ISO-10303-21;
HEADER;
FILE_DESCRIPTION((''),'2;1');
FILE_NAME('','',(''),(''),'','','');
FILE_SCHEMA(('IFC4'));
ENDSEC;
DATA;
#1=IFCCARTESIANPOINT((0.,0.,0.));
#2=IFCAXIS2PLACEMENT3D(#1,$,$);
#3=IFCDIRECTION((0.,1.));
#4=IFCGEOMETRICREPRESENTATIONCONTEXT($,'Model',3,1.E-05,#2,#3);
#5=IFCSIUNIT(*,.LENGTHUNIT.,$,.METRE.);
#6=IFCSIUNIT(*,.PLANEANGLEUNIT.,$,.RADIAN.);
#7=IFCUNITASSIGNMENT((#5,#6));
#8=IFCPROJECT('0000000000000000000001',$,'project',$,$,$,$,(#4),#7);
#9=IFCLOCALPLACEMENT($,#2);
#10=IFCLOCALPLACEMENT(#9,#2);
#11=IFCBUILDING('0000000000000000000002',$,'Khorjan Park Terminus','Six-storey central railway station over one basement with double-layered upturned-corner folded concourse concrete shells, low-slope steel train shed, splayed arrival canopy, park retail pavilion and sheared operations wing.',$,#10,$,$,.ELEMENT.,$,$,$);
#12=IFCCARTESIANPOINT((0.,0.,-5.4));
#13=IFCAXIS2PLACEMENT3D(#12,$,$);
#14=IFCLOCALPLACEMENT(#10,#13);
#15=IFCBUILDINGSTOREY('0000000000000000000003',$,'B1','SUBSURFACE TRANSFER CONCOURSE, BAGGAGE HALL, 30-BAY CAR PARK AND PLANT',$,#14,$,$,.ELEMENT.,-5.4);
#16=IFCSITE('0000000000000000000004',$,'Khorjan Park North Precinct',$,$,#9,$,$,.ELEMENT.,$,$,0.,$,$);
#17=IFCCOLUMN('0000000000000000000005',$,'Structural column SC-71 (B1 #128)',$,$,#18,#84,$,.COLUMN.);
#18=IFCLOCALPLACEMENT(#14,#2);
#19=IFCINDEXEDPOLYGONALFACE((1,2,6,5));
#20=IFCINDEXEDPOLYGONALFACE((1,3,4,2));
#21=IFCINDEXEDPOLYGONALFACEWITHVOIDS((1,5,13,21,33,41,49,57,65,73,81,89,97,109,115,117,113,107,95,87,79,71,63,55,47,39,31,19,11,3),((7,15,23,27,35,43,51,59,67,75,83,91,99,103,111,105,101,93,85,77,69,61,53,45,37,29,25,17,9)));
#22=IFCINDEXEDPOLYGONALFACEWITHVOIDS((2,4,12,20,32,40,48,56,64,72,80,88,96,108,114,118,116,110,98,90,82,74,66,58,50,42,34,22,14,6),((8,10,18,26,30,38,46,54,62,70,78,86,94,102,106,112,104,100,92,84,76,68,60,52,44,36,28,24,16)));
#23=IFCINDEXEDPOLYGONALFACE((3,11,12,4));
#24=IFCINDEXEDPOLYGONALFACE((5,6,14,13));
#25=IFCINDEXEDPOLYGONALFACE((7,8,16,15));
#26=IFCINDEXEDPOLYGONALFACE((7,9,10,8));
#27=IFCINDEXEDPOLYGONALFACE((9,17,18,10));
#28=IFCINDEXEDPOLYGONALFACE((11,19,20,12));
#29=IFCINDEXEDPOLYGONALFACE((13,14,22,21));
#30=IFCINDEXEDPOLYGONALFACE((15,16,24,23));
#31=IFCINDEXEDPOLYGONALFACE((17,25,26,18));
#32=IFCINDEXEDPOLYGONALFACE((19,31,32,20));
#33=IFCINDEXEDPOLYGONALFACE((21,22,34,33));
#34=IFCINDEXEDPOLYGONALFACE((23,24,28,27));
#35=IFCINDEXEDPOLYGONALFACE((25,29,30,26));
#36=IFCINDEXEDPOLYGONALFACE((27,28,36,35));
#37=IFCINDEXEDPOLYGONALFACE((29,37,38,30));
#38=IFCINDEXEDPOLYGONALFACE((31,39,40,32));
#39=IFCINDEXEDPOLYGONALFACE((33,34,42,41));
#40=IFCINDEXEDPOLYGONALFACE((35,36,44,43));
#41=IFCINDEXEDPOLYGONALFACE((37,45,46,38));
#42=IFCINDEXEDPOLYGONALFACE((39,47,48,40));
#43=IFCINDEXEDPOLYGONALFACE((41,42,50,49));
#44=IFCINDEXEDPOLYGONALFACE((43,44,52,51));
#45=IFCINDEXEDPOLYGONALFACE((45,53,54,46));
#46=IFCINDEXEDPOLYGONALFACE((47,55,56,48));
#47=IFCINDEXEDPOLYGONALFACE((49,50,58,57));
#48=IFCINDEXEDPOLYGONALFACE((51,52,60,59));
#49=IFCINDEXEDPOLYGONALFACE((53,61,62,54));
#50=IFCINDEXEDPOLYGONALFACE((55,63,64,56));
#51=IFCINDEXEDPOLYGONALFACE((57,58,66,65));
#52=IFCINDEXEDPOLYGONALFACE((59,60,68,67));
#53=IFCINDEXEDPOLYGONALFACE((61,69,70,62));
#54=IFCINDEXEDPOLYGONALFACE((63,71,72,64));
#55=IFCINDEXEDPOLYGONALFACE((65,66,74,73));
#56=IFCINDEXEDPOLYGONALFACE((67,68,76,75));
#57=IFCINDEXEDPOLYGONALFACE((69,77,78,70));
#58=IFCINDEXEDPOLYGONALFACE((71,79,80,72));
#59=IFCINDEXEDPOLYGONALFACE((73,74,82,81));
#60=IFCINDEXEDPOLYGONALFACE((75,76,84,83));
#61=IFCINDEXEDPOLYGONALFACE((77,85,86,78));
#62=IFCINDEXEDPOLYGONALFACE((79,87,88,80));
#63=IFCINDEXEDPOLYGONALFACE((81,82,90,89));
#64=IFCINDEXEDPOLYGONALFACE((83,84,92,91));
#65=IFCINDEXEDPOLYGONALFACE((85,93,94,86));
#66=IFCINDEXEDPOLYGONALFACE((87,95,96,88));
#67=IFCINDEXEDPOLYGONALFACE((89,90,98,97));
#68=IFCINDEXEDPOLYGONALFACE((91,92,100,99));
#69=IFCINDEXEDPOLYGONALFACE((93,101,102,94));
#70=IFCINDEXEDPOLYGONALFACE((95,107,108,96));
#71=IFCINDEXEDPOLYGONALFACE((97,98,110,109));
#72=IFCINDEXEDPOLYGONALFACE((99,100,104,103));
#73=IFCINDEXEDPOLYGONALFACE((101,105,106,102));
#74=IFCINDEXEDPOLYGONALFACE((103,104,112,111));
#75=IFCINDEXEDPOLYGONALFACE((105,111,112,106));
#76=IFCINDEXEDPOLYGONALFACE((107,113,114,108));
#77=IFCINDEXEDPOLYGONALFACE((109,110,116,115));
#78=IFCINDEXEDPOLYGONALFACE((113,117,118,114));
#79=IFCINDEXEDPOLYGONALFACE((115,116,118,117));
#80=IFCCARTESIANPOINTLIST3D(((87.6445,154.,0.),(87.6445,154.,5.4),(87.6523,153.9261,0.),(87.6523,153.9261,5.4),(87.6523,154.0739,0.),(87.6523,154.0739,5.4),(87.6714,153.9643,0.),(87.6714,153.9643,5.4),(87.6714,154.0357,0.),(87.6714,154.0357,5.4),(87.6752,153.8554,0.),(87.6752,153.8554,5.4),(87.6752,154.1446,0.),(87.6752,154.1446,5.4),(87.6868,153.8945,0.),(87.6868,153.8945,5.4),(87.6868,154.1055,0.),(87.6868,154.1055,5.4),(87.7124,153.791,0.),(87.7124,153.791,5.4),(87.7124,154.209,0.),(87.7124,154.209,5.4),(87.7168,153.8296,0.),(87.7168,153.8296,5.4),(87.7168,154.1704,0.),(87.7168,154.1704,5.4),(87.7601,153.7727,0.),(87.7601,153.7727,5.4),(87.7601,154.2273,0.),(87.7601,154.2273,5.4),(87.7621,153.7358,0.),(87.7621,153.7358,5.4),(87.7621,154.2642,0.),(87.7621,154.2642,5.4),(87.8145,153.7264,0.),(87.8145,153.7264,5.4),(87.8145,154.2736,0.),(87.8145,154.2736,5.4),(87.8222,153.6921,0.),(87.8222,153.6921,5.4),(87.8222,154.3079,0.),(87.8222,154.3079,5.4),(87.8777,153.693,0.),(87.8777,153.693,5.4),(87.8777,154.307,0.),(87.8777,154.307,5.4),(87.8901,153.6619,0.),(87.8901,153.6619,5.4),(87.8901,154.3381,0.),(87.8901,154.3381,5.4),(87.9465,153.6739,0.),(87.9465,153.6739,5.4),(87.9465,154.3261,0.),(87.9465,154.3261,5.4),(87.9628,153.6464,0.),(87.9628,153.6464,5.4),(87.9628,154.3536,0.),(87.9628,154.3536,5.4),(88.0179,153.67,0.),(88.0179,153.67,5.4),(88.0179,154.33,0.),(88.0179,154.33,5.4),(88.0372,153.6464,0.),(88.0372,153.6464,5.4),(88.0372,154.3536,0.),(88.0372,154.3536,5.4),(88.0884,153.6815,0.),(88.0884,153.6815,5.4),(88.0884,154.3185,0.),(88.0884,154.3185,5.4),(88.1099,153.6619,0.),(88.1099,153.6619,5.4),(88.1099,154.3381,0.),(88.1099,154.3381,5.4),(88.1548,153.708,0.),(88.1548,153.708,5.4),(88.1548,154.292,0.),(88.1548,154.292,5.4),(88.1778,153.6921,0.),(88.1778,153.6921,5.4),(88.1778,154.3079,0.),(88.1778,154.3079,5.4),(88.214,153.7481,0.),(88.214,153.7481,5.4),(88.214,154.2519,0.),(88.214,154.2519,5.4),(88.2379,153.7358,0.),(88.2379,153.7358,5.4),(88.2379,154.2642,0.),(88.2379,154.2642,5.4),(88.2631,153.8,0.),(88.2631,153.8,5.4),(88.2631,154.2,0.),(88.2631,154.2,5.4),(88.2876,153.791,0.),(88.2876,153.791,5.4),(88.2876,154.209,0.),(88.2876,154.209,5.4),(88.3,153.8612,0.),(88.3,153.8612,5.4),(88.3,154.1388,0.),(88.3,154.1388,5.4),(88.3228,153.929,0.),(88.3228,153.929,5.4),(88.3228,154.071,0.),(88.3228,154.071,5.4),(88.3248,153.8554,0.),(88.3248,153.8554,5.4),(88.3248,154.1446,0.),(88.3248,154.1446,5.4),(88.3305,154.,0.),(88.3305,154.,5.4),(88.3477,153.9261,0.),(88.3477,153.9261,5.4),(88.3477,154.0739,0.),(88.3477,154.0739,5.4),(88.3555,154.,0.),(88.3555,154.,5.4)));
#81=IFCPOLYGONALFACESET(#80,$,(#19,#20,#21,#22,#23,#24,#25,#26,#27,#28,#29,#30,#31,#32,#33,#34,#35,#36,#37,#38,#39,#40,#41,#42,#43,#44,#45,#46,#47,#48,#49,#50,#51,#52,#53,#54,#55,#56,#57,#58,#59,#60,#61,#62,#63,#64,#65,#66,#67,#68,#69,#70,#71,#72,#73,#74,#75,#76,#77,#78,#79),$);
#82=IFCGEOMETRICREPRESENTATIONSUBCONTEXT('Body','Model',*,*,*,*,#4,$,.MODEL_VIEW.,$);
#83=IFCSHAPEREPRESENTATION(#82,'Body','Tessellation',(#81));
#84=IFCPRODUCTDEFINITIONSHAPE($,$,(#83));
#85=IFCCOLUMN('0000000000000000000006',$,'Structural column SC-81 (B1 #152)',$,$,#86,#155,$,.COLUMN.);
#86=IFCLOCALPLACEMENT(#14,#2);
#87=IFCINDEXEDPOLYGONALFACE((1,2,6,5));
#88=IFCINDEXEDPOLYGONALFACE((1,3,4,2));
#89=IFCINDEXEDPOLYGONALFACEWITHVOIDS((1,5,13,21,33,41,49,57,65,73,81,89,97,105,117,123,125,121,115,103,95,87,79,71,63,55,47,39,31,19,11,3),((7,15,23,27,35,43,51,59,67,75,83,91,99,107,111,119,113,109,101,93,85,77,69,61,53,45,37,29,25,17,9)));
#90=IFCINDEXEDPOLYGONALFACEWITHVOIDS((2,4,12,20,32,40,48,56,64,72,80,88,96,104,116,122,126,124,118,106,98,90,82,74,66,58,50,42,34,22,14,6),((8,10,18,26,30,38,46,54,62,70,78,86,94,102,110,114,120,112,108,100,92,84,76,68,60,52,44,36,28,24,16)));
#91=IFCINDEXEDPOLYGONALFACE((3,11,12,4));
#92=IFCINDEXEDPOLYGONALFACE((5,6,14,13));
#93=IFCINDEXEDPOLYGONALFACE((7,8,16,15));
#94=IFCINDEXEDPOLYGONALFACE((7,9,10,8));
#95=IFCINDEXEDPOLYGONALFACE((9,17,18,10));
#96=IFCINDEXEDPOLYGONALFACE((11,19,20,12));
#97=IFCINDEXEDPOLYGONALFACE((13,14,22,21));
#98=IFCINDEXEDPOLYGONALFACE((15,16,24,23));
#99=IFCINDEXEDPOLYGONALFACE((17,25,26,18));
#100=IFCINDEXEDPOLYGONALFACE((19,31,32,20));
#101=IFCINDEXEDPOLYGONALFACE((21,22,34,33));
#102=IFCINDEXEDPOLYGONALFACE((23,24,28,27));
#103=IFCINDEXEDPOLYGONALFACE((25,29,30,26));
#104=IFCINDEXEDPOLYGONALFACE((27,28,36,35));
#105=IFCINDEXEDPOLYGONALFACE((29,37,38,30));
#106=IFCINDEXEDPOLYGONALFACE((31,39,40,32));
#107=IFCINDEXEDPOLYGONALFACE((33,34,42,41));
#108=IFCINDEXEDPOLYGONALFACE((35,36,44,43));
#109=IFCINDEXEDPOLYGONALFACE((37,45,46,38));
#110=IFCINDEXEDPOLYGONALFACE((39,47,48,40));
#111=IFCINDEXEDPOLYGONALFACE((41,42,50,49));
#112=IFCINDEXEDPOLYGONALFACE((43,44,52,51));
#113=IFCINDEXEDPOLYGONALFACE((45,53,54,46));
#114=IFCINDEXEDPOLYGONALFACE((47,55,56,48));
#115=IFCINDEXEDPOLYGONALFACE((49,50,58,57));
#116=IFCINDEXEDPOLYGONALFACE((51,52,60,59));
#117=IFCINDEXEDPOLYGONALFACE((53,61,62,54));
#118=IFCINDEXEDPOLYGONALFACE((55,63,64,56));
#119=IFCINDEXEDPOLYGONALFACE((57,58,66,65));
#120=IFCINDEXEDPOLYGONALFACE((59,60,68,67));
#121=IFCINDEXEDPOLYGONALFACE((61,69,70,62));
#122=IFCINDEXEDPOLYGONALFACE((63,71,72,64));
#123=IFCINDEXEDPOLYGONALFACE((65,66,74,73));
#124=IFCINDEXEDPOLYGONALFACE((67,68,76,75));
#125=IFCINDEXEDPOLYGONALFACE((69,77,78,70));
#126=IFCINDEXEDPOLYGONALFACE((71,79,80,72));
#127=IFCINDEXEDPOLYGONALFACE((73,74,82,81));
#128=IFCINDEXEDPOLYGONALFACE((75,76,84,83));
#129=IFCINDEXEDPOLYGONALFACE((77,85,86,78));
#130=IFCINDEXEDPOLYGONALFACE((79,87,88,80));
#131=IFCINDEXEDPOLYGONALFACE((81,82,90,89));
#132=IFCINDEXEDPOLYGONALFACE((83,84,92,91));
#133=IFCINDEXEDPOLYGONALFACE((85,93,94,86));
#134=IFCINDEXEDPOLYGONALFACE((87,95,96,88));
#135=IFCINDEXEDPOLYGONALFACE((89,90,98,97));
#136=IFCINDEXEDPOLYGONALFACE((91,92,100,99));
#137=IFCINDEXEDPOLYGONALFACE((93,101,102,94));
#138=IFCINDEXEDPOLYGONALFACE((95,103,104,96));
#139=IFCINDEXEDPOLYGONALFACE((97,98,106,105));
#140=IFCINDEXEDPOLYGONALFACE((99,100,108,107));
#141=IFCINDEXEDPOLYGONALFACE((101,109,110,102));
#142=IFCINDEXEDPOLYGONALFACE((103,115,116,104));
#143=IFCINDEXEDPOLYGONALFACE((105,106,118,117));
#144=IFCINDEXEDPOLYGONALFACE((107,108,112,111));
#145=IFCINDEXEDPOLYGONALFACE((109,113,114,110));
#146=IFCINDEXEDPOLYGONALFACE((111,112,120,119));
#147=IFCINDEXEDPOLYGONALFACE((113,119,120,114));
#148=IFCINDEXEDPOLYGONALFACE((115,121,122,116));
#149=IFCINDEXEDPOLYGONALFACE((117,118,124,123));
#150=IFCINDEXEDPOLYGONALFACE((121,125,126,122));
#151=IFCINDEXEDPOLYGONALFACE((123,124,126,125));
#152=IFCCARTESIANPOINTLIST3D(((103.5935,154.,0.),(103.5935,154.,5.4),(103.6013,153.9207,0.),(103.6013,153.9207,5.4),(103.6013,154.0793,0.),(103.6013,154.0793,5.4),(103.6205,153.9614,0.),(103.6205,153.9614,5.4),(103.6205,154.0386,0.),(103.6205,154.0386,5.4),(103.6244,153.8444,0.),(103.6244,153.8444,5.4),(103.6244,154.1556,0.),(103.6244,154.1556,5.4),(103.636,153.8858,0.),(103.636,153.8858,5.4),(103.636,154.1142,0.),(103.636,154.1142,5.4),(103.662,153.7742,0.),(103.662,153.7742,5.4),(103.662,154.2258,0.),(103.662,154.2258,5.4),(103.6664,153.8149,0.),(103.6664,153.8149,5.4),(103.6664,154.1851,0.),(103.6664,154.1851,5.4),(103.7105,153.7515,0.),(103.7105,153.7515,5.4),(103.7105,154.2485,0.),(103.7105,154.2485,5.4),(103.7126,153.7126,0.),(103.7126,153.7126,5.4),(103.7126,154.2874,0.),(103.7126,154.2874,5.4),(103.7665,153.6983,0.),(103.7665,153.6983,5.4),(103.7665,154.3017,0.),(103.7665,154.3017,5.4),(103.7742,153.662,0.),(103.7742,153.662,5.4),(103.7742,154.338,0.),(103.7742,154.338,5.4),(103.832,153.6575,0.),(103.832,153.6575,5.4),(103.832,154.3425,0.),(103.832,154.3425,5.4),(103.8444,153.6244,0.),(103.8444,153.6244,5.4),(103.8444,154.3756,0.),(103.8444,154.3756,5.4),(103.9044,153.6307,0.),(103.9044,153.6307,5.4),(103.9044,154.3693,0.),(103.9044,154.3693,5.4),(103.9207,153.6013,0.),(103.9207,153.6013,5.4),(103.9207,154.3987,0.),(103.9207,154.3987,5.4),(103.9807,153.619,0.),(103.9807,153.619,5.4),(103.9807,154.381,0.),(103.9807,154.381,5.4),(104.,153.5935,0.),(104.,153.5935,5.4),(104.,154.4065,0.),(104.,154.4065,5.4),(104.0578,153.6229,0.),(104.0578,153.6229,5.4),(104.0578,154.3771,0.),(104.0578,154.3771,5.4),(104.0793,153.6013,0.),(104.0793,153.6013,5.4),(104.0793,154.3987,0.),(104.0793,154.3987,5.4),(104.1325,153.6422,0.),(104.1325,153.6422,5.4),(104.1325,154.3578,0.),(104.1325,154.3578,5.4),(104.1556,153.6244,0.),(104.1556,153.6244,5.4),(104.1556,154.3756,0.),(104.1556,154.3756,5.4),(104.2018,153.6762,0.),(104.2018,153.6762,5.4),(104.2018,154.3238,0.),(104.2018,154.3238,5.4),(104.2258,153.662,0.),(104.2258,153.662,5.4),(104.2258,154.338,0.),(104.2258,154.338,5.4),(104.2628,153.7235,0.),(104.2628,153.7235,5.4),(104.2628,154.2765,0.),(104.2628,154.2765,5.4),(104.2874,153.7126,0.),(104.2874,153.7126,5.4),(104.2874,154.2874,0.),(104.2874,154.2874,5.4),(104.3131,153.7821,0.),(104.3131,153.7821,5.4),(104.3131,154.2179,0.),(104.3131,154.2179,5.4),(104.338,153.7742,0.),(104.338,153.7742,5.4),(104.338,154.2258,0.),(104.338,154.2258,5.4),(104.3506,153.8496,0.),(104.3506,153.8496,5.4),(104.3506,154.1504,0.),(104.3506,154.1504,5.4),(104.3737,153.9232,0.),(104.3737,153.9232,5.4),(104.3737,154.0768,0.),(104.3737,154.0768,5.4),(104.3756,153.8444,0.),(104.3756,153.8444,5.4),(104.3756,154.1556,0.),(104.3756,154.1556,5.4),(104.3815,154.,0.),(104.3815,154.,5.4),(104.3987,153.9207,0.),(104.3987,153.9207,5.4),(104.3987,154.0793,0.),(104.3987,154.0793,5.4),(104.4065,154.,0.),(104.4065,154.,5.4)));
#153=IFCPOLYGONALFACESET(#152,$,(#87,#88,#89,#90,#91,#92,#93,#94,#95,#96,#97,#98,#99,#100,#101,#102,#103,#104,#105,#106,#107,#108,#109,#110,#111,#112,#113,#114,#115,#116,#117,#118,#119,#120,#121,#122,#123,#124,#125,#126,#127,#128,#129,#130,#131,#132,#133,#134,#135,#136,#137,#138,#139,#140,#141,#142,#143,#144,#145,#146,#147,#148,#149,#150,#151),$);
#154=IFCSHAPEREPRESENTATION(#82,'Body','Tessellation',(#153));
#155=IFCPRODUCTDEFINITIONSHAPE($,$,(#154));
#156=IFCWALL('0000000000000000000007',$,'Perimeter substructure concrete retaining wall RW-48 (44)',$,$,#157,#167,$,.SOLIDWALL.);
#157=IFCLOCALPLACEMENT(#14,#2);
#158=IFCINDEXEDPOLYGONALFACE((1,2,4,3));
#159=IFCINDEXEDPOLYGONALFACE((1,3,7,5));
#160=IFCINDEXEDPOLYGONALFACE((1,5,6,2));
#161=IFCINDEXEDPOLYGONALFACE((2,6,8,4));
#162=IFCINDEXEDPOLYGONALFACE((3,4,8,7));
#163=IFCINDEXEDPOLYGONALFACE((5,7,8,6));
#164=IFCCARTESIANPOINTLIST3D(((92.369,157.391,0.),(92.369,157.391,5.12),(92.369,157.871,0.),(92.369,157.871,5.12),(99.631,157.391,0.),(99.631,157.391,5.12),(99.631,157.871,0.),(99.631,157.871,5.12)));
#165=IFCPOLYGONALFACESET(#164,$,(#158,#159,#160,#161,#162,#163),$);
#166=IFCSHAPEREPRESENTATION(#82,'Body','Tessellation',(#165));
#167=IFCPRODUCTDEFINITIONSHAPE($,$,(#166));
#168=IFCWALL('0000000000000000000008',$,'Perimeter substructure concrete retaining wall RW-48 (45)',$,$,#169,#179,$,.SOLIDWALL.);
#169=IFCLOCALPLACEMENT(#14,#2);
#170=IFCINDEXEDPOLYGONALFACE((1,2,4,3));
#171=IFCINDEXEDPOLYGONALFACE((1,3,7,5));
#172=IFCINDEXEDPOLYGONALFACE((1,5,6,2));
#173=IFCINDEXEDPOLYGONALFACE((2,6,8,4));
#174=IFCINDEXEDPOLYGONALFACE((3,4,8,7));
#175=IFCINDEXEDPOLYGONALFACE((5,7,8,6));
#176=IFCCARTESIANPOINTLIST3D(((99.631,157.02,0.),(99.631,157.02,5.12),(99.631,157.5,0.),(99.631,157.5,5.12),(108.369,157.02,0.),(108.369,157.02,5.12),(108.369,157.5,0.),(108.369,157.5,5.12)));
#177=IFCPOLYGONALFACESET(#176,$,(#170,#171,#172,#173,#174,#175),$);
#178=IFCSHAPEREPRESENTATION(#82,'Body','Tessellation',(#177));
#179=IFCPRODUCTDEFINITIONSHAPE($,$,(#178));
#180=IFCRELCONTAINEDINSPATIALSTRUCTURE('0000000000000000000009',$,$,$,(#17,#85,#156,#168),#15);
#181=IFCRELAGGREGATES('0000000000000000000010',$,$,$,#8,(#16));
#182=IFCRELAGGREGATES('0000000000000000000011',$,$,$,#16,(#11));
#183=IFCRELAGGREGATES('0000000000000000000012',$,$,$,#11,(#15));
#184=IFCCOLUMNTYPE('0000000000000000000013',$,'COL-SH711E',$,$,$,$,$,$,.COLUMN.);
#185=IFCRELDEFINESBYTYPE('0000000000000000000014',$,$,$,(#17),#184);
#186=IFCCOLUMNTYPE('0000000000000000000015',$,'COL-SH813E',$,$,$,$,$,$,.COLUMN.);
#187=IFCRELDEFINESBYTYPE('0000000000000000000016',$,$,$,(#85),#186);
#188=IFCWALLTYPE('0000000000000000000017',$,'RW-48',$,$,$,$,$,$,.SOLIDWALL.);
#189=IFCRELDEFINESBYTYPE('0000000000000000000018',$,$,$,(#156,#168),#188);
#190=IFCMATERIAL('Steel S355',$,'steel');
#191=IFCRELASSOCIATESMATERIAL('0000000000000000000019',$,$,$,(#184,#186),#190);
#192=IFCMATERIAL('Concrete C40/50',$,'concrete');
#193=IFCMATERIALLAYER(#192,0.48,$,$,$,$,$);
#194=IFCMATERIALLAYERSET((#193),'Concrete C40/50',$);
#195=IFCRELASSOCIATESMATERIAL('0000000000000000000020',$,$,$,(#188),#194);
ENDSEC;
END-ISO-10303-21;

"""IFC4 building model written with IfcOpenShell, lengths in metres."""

from ifc_helpers import new_model, si_unit, direction, frame, frame_2d, origin, origin_2d, place, context, subcontext, project, spatial, rectangle, hollow_circle, extrude, material, layer, layer_set, material_profile, profile_set, type_object, element, save


model = new_model("IFC4")

# Units and contexts
model_context = context("Model", 3, precision=1e-05, world=origin(), true_north=direction((0.0, 1.0)))
body_context = subcontext(model_context, "Body", "Model", "MODEL_VIEW")
ifc_project = project(units=[si_unit("LENGTHUNIT", "METRE"), si_unit("PLANEANGLEUNIT", "RADIAN")], contexts=[model_context])

# Site, building, storey
site_placement = place(None, origin())
site = spatial("IfcSite", under=ifc_project, at=site_placement, Name="Khorjan Park North Precinct", CompositionType="ELEMENT", RefElevation=0.0)
building_placement = place(site_placement, origin())
building = spatial("IfcBuilding", under=site, at=building_placement, Name="Khorjan Park Terminus", Description="Six-storey central railway station over one basement with double-layered upturned-corner folded concourse concrete shells, low-slope steel train shed, splayed arrival canopy, park retail pavilion and sheared operations wing.", CompositionType="ELEMENT")
storey_placement = place(building_placement, frame((0.0, 0.0, -5.4)))
storey = spatial("IfcBuildingStorey", under=building, at=storey_placement, Name="B1", Description="SUBSURFACE TRANSFER CONCOURSE, BAGGAGE HALL, 30-BAY CAR PARK AND PLANT", CompositionType="ELEMENT", Elevation=-5.4)

# Shared definitions
ifc_material_1 = material(Name="Concrete C40/50", Category="concrete")

# Columns
ifc_material_2 = material(Name="Steel S355", Category="steel")
ifc_material_profile_1 = material_profile(ifc_material_2, hollow_circle(Radius=0.3555, WallThickness=0.025, at=origin_2d()), Name="CHS 711x25")
ifc_profile_set_1 = profile_set([ifc_material_profile_1], Name="Steel S355")
column_type_1 = type_object("IfcColumnType", Name="COL-SH711E", PredefinedType="COLUMN", material=ifc_profile_set_1)
column_1_placement = place(storey_placement, frame((88.0, 154.0, 0.0), z_axis=(0.0, 0.0, 1.0), x_axis=(1.0, 0.0, 0.0)))
element("IfcColumn", 1, at=column_1_placement, inside=storey, type_object=column_type_1, Name="Structural column SC-71 (B1 #128)", PredefinedType="COLUMN", context=body_context, shape_type="SweptSolid", body=[
    extrude(hollow_circle(Radius=0.3555, WallThickness=0.025, at=origin_2d()), origin(), (0.0, 0.0, 1.0), 5.4),
])
ifc_material_profile_2 = material_profile(ifc_material_2, hollow_circle(Radius=0.4065, WallThickness=0.025, at=origin_2d()), Name="CHS 813x25")
ifc_profile_set_2 = profile_set([ifc_material_profile_2], Name="Steel S355")
column_type_2 = type_object("IfcColumnType", Name="COL-SH813E", PredefinedType="COLUMN", material=ifc_profile_set_2)
column_2_placement = place(storey_placement, frame((104.0, 154.0, 0.0), z_axis=(0.0, 0.0, 1.0), x_axis=(1.0, 0.0, 0.0)))
element("IfcColumn", 2, at=column_2_placement, inside=storey, type_object=column_type_2, Name="Structural column SC-81 (B1 #152)", PredefinedType="COLUMN", context=body_context, shape_type="SweptSolid", body=[
    extrude(hollow_circle(Radius=0.4065, WallThickness=0.025, at=origin_2d()), origin(), (0.0, 0.0, 1.0), 5.4),
])

# Walls
ifc_layer = layer(ifc_material_1, 0.48)
ifc_layer_set = layer_set([ifc_layer], Name="Concrete C40/50")
wall_type = type_object("IfcWallType", Name="RW-48", PredefinedType="SOLIDWALL", material=ifc_layer_set)
wall_1_placement = place(storey_placement, frame((92.369, 157.631, 0.0), z_axis=(0.0, 0.0, 1.0), x_axis=(1.0, 0.0, 0.0)))
element("IfcWall", 3, at=wall_1_placement, inside=storey, type_object=wall_type, Name="Perimeter substructure concrete retaining wall RW-48 (44)", PredefinedType="SOLIDWALL", context=body_context, shape_type="SweptSolid", body=[
    extrude(rectangle(XDim=7.262, YDim=0.48, at=frame_2d((3.631, 0.0))), origin(), (0.0, 0.0, 1.0), 5.12),
])
wall_2_placement = place(storey_placement, frame((99.631, 157.26, 0.0), z_axis=(0.0, 0.0, 1.0), x_axis=(1.0, 0.0, 0.0)))
element("IfcWall", 4, at=wall_2_placement, inside=storey, type_object=wall_type, Name="Perimeter substructure concrete retaining wall RW-48 (45)", PredefinedType="SOLIDWALL", context=body_context, shape_type="SweptSolid", body=[
    extrude(rectangle(XDim=8.738, YDim=0.48, at=frame_2d((4.369, 0.0))), origin(), (0.0, 0.0, 1.0), 5.12),
])

save(model, "model.ifc")
